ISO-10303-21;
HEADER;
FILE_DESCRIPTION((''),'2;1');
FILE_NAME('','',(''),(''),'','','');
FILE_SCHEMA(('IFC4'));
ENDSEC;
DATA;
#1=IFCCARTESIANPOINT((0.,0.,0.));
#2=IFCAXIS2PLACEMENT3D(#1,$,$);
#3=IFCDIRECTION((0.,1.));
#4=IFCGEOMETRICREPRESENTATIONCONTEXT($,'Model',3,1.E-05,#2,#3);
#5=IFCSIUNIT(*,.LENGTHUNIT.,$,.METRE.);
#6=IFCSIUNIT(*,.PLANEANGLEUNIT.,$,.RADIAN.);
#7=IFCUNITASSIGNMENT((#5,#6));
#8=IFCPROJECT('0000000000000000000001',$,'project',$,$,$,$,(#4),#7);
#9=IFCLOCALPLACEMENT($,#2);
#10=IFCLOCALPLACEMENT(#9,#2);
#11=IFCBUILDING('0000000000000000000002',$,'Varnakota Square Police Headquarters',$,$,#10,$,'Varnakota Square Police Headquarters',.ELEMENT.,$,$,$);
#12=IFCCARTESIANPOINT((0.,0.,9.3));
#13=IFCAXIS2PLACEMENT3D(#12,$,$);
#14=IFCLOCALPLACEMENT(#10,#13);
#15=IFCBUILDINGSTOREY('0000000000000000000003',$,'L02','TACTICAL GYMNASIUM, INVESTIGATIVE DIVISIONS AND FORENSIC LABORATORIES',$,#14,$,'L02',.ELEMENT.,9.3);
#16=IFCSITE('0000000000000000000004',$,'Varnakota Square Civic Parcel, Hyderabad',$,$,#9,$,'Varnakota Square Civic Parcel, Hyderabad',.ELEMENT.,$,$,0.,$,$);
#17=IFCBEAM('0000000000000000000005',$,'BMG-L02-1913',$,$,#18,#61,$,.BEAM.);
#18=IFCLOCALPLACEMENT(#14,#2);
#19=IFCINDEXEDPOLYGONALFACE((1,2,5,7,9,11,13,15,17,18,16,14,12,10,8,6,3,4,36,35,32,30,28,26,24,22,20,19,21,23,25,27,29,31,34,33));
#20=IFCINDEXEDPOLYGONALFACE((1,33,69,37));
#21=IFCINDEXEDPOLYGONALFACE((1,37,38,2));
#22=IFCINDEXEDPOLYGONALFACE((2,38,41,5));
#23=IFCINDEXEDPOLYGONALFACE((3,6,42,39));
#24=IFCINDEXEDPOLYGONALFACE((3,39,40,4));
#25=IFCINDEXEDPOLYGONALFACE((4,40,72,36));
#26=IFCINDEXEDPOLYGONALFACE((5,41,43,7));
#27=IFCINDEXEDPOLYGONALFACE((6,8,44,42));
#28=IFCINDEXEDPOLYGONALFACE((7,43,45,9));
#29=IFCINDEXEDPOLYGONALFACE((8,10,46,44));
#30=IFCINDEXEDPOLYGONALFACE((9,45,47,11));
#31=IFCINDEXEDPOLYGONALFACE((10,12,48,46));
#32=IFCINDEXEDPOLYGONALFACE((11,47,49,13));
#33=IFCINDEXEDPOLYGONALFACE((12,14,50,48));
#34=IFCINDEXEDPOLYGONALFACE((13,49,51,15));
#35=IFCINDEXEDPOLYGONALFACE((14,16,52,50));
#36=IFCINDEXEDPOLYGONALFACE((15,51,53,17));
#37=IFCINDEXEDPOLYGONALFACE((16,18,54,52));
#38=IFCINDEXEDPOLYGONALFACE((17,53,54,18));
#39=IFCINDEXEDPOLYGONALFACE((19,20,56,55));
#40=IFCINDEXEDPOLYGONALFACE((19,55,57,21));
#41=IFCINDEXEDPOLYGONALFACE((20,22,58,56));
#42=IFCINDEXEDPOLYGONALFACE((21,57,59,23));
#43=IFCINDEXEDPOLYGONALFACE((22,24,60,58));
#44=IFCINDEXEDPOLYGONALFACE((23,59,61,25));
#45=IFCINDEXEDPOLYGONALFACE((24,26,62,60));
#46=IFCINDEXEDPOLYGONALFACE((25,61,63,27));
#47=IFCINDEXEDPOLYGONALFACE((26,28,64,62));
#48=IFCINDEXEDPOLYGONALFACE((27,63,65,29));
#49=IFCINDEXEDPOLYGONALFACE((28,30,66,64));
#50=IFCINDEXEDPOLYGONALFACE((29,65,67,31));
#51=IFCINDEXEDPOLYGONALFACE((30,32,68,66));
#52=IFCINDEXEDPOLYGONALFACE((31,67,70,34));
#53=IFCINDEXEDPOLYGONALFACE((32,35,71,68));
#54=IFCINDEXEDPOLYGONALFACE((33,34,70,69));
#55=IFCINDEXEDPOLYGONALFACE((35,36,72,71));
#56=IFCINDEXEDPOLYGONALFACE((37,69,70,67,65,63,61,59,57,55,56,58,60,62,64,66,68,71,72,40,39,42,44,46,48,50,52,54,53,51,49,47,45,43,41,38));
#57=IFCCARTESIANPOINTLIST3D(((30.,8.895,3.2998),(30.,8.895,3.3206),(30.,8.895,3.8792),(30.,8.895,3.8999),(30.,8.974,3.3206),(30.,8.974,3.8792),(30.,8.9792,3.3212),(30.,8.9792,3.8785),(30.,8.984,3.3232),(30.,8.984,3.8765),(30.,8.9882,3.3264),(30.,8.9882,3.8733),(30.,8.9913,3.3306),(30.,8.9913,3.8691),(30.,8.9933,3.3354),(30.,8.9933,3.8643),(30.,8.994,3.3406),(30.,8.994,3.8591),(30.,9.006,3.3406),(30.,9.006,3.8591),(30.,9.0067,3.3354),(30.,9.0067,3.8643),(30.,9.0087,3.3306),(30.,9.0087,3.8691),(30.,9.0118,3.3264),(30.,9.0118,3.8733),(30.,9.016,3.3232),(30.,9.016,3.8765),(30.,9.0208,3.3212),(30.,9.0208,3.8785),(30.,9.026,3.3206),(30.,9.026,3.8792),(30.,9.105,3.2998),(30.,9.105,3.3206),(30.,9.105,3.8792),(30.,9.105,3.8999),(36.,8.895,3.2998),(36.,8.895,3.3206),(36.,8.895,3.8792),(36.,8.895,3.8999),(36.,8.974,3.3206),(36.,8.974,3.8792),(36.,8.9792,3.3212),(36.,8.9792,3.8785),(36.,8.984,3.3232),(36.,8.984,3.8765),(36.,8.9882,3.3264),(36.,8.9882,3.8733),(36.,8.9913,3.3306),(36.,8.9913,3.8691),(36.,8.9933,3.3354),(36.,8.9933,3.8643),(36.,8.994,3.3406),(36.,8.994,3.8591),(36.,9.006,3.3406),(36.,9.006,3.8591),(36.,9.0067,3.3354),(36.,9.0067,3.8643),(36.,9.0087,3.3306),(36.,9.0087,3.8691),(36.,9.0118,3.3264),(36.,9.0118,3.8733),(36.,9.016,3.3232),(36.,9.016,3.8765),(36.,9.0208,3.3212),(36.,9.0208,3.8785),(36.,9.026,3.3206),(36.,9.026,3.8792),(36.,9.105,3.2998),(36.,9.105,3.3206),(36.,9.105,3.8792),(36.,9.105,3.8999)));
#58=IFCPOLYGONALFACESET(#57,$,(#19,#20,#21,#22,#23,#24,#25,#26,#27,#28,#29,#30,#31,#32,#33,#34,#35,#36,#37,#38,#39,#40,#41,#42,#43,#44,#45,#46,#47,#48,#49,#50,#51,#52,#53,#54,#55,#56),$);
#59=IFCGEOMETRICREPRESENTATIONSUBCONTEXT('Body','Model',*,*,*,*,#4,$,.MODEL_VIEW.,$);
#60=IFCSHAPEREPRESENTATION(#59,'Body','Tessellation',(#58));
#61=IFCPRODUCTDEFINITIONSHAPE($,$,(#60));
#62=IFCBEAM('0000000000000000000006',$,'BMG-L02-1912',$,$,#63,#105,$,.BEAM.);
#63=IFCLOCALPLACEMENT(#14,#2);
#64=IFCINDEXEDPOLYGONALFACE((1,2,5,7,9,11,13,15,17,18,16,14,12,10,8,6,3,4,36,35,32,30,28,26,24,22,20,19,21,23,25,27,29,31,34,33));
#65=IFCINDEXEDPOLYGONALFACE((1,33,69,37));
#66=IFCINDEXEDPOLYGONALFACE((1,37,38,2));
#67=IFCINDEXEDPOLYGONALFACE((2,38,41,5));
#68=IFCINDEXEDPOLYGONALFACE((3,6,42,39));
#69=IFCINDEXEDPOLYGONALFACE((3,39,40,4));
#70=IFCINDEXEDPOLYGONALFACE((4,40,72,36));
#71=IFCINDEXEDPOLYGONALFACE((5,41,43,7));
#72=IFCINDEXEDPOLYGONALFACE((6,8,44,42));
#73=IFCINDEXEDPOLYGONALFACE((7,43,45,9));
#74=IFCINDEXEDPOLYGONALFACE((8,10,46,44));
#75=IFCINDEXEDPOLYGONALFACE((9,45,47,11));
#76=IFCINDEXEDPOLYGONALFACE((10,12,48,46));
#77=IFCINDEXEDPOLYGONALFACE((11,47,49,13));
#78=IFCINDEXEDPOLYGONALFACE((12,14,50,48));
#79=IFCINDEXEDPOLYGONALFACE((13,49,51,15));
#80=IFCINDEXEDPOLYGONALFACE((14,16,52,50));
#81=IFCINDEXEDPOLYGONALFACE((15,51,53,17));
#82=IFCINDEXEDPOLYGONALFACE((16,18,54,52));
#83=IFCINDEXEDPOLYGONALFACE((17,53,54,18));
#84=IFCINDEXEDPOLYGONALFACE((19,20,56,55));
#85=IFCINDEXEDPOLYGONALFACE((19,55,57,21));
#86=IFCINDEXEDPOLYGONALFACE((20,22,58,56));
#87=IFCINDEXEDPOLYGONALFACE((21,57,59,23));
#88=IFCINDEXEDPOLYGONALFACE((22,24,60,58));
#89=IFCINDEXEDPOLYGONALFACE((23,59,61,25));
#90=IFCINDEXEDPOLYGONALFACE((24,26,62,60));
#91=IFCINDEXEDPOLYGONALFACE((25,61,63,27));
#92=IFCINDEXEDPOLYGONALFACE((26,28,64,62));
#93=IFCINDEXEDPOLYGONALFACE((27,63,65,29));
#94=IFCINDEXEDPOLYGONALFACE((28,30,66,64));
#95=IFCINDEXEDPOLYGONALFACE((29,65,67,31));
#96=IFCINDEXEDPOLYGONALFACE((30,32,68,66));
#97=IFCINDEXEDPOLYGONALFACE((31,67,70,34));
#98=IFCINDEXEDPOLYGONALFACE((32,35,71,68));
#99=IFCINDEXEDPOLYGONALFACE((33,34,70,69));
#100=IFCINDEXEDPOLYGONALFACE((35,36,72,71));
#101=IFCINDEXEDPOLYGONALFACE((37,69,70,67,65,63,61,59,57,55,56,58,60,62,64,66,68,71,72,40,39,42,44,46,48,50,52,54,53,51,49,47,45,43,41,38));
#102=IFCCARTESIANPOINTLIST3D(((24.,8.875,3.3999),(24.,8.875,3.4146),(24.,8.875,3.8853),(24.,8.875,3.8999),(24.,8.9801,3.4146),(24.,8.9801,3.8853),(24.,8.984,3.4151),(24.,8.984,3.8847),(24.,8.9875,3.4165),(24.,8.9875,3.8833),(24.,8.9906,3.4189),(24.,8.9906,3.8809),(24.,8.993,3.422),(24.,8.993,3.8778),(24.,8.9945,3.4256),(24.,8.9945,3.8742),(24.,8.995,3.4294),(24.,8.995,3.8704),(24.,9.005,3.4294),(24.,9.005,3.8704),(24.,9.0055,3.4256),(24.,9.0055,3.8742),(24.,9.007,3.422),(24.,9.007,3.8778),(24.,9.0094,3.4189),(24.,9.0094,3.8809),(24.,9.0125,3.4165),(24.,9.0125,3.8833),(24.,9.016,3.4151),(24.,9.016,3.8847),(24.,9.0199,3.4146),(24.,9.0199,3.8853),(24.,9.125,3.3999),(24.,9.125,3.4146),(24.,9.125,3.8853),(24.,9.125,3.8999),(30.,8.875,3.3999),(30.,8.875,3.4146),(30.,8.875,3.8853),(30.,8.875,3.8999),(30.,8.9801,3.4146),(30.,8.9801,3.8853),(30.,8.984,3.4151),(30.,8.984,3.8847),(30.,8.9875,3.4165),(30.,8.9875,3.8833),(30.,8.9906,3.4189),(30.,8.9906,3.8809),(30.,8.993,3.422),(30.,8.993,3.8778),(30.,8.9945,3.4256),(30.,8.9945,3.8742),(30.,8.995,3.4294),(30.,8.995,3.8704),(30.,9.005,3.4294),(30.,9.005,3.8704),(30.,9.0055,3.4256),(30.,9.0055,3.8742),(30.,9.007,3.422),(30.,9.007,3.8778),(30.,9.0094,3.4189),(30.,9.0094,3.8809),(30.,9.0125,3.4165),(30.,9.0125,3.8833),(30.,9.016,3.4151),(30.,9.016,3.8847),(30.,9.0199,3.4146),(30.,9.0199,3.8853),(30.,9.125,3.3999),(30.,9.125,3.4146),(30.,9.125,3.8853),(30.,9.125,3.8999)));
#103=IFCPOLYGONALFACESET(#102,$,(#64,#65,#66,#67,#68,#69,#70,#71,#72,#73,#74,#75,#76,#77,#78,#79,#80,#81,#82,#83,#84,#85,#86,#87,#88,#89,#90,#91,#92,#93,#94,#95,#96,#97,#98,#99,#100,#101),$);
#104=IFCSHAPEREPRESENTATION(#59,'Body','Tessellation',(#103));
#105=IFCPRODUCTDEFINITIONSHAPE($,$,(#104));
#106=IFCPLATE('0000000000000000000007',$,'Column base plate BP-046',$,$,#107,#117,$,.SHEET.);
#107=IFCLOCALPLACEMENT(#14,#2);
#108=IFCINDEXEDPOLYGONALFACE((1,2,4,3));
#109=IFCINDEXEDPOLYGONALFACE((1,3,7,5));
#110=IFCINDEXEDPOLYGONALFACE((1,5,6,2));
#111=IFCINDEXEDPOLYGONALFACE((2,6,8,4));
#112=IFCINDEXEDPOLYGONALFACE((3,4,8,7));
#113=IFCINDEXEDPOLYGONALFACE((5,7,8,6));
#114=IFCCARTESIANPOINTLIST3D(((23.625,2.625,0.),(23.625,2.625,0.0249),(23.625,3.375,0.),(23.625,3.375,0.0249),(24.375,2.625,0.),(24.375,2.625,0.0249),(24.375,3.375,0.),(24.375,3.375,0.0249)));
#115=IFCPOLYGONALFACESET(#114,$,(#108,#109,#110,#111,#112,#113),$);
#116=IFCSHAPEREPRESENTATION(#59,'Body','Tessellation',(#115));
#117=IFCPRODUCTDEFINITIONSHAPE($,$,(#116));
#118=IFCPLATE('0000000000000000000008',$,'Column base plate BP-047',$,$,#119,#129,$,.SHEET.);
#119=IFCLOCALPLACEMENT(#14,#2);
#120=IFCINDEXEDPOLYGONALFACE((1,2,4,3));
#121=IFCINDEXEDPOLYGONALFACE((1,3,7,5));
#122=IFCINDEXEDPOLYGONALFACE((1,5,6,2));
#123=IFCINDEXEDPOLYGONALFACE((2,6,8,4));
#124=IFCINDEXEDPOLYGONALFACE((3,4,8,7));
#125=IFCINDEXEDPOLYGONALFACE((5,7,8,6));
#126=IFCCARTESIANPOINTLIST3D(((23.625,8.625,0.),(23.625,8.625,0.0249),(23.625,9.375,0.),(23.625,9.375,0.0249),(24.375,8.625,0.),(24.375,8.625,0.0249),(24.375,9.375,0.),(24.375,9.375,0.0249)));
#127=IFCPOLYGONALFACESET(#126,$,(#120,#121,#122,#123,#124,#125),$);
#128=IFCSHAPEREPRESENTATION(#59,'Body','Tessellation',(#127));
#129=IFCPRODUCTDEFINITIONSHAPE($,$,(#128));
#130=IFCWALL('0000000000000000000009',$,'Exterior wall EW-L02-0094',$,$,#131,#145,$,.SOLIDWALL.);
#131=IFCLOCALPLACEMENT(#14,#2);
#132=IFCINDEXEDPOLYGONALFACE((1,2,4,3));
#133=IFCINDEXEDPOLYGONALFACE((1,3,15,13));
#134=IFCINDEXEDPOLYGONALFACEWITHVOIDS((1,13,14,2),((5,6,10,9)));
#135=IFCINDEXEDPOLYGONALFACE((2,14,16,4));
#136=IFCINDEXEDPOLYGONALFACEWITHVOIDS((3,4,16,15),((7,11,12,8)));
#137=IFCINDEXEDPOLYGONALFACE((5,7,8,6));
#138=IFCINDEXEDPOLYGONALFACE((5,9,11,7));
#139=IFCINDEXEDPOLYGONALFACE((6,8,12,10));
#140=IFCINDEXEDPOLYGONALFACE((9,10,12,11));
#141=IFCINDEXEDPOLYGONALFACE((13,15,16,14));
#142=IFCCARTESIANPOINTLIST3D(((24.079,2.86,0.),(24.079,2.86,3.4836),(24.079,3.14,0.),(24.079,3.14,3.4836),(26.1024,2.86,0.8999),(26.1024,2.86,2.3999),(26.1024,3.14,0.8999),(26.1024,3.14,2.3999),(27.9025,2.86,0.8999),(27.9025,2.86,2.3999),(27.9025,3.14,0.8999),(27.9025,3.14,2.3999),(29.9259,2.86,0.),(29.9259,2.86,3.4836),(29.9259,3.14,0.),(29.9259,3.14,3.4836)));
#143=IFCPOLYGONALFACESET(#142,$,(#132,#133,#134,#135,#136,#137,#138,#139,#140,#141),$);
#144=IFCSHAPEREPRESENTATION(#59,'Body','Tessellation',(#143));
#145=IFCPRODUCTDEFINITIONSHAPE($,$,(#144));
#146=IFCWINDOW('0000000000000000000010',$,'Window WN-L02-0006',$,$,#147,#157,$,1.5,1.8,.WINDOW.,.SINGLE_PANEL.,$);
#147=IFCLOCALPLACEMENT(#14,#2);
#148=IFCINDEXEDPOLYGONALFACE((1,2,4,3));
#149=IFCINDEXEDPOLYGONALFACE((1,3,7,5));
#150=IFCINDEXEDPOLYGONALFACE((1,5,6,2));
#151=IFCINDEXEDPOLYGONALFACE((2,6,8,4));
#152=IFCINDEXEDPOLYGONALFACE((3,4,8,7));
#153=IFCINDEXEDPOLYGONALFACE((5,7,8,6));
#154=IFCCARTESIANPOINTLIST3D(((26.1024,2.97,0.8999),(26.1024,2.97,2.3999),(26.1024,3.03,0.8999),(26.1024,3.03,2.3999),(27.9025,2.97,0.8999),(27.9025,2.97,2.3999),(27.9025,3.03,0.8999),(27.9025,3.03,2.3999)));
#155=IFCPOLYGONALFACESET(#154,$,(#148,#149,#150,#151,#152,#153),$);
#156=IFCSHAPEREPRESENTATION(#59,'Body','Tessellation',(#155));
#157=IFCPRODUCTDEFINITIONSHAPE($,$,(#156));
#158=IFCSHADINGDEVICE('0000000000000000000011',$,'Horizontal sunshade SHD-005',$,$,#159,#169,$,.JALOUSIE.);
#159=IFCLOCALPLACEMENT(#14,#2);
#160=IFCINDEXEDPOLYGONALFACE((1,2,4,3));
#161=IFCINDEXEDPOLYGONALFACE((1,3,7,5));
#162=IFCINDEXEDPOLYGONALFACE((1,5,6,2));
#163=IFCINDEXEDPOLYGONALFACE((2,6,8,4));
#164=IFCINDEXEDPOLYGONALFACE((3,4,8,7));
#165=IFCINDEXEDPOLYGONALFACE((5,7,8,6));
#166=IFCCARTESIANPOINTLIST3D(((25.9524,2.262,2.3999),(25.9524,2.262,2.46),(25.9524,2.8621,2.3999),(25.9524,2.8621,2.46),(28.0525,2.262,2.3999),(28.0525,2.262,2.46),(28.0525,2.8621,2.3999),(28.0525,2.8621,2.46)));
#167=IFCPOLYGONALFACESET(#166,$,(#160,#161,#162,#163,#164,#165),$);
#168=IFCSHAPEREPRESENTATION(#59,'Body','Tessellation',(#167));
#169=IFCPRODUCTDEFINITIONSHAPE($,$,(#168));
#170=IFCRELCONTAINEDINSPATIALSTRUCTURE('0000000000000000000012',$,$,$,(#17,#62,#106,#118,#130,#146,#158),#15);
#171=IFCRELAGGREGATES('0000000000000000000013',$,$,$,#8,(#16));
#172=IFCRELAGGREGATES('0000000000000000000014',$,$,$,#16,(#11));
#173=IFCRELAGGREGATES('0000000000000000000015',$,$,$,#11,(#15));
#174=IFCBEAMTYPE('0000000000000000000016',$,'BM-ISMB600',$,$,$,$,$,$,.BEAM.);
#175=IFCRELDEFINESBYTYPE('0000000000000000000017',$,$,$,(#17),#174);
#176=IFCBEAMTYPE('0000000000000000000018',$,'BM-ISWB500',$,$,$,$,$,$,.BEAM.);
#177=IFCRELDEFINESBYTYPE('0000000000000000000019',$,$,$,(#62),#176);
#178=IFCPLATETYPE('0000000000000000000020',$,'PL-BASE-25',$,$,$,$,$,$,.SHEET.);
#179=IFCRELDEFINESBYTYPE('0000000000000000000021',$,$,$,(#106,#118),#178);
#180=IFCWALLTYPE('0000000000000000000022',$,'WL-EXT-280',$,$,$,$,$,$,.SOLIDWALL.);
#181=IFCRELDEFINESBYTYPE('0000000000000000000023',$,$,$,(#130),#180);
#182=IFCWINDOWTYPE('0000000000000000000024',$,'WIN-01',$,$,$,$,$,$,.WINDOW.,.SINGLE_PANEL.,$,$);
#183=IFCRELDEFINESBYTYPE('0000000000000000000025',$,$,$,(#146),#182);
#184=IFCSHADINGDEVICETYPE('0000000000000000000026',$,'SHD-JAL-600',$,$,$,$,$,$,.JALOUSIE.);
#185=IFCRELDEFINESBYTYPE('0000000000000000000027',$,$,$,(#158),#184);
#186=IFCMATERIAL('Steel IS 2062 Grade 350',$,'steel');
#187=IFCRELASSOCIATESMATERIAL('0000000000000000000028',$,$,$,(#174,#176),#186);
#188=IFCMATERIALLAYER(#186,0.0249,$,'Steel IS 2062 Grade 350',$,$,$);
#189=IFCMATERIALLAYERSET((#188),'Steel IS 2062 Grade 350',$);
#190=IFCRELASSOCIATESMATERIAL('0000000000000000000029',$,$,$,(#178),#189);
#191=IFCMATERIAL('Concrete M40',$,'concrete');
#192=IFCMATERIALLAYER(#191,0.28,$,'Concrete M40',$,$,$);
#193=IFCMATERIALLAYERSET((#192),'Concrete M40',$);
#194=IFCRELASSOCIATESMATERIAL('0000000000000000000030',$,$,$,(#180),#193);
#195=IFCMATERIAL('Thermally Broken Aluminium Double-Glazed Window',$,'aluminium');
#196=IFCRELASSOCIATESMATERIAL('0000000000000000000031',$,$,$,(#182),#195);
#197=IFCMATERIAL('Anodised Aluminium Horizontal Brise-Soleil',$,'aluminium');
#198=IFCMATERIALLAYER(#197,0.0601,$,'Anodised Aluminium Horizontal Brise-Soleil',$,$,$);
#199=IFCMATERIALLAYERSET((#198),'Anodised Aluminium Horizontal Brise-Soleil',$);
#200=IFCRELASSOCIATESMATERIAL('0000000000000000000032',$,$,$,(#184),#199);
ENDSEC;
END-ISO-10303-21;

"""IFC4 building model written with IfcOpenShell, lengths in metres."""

from ifc_helpers import new_model, si_unit, direction, frame, frame_2d, origin, origin_2d, place, context, subcontext, project, spatial, rectangle, i_section, extrude, material, layer, layer_set, material_profile, profile_set, type_object, element, fill, save


model = new_model("IFC4")

# Units and contexts
model_context = context("Model", 3, precision=1e-05, world=origin(), true_north=direction((0.0, 1.0)))
body_context = subcontext(model_context, "Body", "Model", "MODEL_VIEW")
ifc_project = project(units=[si_unit("LENGTHUNIT", "METRE"), si_unit("PLANEANGLEUNIT", "RADIAN")], contexts=[model_context])

# Site, building, storey
site_placement = place(None, origin())
site = spatial("IfcSite", under=ifc_project, at=site_placement, Name="Varnakota Square Civic Parcel, Hyderabad", LongName="Varnakota Square Civic Parcel, Hyderabad", CompositionType="ELEMENT", RefElevation=0.0)
building_placement = place(site_placement, origin())
building = spatial("IfcBuilding", under=site, at=building_placement, Name="Varnakota Square Police Headquarters", LongName="Varnakota Square Police Headquarters", CompositionType="ELEMENT")
storey_placement = place(building_placement, frame((0.0, 0.0, 9.3)))
storey = spatial("IfcBuildingStorey", under=building, at=storey_placement, Name="L02", Description="TACTICAL GYMNASIUM, INVESTIGATIVE DIVISIONS AND FORENSIC LABORATORIES", LongName="L02", CompositionType="ELEMENT", Elevation=9.3)

# Shared definitions
ifc_material_1 = material(Name="Steel IS 2062 Grade 350", Category="steel")

# Beams
ifc_material_profile_1 = material_profile(ifc_material_1, i_section(OverallWidth=0.21, OverallDepth=0.6001, WebThickness=0.012, FlangeThickness=0.0208, FilletRadius=0.02, at=origin_2d()), Name="ISMB 600")
ifc_profile_set_1 = profile_set([ifc_material_profile_1], Name="Steel IS 2062 Grade 350")
beam_type_1 = type_object("IfcBeamType", Name="BM-ISMB600", PredefinedType="BEAM", material=ifc_profile_set_1)
beam_1_placement = place(storey_placement, frame((30.0, 9.0, 3.5999), z_axis=(1.0, 0.0, 0.0), x_axis=(0.0, 1.0, 0.0)))
element("IfcBeam", 1, at=beam_1_placement, inside=storey, type_object=beam_type_1, Name="BMG-L02-1913", PredefinedType="BEAM", context=body_context, shape_type="SweptSolid", body=[
    extrude(i_section(OverallWidth=0.21, OverallDepth=0.6001, WebThickness=0.012, FlangeThickness=0.0208, FilletRadius=0.02, at=origin_2d()), origin(), (0.0, 0.0, 1.0), 6.0),
])
ifc_material_profile_2 = material_profile(ifc_material_1, i_section(OverallWidth=0.25, OverallDepth=0.5, WebThickness=0.01, FlangeThickness=0.0146, FilletRadius=0.0149, at=origin_2d()), Name="ISWB 500")
ifc_profile_set_2 = profile_set([ifc_material_profile_2], Name="Steel IS 2062 Grade 350")
beam_type_2 = type_object("IfcBeamType", Name="BM-ISWB500", PredefinedType="BEAM", material=ifc_profile_set_2)
beam_2_placement = place(storey_placement, frame((24.0, 9.0, 3.6499), z_axis=(1.0, 0.0, 0.0), x_axis=(0.0, 1.0, 0.0)))
element("IfcBeam", 2, at=beam_2_placement, inside=storey, type_object=beam_type_2, Name="BMG-L02-1912", PredefinedType="BEAM", context=body_context, shape_type="SweptSolid", body=[
    extrude(i_section(OverallWidth=0.25, OverallDepth=0.5, WebThickness=0.01, FlangeThickness=0.0146, FilletRadius=0.0149, at=origin_2d()), origin(), (0.0, 0.0, 1.0), 6.0),
])

# Plates
ifc_layer_1 = layer(ifc_material_1, 0.0249, Name="Steel IS 2062 Grade 350")
ifc_layer_set_1 = layer_set([ifc_layer_1], Name="Steel IS 2062 Grade 350")
plate_type = type_object("IfcPlateType", Name="PL-BASE-25", PredefinedType="SHEET", material=ifc_layer_set_1)
for number, where, z_axis, x_axis, name in (
    (3, (24.0, 3.0, 0.0), (0.0, 0.0, 1.0), (1.0, 0.0, 0.0), "Column base plate BP-046"),
    (4, (24.0, 9.0, 0.0), (0.0, 0.0, 1.0), (1.0, 0.0, 0.0), "Column base plate BP-047"),
):
    element("IfcPlate", number, at=place(storey_placement, frame(where, z_axis=z_axis, x_axis=x_axis)), inside=storey, type_object=plate_type, Name=name, PredefinedType="SHEET", context=body_context, shape_type="SweptSolid", body=[
        extrude(rectangle(XDim=0.75, YDim=0.75, at=origin_2d()), origin(), (0.0, 0.0, 1.0), 0.0249),
    ])

# Wall, opening, window
ifc_material_2 = material(Name="Concrete M40", Category="concrete")
ifc_layer_2 = layer(ifc_material_2, 0.28, Name="Concrete M40")
ifc_layer_set_2 = layer_set([ifc_layer_2], Name="Concrete M40")
wall_type = type_object("IfcWallType", Name="WL-EXT-280", PredefinedType="SOLIDWALL", material=ifc_layer_set_2)
wall_placement = place(storey_placement, frame((24.0791, 3.0, 0.0), z_axis=(0.0, 0.0, 1.0), x_axis=(1.0, 0.0, 0.0)))
wall = element("IfcWall", 5, at=wall_placement, inside=storey, type_object=wall_type, Name="Exterior wall EW-L02-0094", PredefinedType="SOLIDWALL", context=body_context, shape_type="SweptSolid", body=[
    extrude(rectangle(XDim=5.8469, YDim=0.28, at=frame_2d((2.9233, 0.0))), origin(), (0.0, 0.0, 1.0), 3.4836),
])
opening_placement = place(wall_placement, frame((2.0234, 0.0, 0.8999)))
opening = element("IfcOpeningElement", 6, at=opening_placement, cuts=wall, PredefinedType="OPENING", context=body_context, shape_type="SweptSolid", body=[
    extrude(rectangle(XDim=1.8, YDim=1.5, at=frame_2d((0.8999, 0.75))), frame((0.0, 0.1499, 0.0), z_axis=(0.0, -1.0, 0.0), x_axis=(1.0, 0.0, 0.0)), (0.0, 0.0, 1.0), 0.3),
])
ifc_material_3 = material(Name="Thermally Broken Aluminium Double-Glazed Window", Category="aluminium")
window_type = type_object("IfcWindowType", Name="WIN-01", PartitioningType="SINGLE_PANEL", PredefinedType="WINDOW", material=ifc_material_3)
window_placement = place(opening_placement, origin())
window = element("IfcWindow", 7, at=window_placement, inside=storey, type_object=window_type, Name="Window WN-L02-0006", OverallHeight=1.5, OverallWidth=1.8, PartitioningType="SINGLE_PANEL", PredefinedType="WINDOW", context=body_context, shape_type="SweptSolid", body=[
    extrude(rectangle(XDim=1.8, YDim=1.5, at=frame_2d((0.8999, 0.75))), frame((0.0, 0.03, 0.0), z_axis=(0.0, -1.0, 0.0), x_axis=(1.0, 0.0, 0.0)), (0.0, 0.0, 1.0), 0.0601),
])
fill(opening, window)

# Shading device
ifc_material_4 = material(Name="Anodised Aluminium Horizontal Brise-Soleil", Category="aluminium")
ifc_layer_3 = layer(ifc_material_4, 0.0601, Name="Anodised Aluminium Horizontal Brise-Soleil")
ifc_layer_set_3 = layer_set([ifc_layer_3], Name="Anodised Aluminium Horizontal Brise-Soleil")
shading_device_type = type_object("IfcShadingDeviceType", Name="SHD-JAL-600", PredefinedType="JALOUSIE", material=ifc_layer_set_3)
shading_device_placement = place(storey_placement, frame((27.0024, 2.562, 2.3999), z_axis=(0.0, 0.0, 1.0), x_axis=(1.0, 0.0, 0.0)))
element("IfcShadingDevice", 8, at=shading_device_placement, inside=storey, type_object=shading_device_type, Name="Horizontal sunshade SHD-005", PredefinedType="JALOUSIE", context=body_context, shape_type="SweptSolid", body=[
    extrude(rectangle(XDim=2.1001, YDim=0.6001, at=origin_2d()), origin(), (0.0, 0.0, 1.0), 0.0601),
])

save(model, "model.ifc")
